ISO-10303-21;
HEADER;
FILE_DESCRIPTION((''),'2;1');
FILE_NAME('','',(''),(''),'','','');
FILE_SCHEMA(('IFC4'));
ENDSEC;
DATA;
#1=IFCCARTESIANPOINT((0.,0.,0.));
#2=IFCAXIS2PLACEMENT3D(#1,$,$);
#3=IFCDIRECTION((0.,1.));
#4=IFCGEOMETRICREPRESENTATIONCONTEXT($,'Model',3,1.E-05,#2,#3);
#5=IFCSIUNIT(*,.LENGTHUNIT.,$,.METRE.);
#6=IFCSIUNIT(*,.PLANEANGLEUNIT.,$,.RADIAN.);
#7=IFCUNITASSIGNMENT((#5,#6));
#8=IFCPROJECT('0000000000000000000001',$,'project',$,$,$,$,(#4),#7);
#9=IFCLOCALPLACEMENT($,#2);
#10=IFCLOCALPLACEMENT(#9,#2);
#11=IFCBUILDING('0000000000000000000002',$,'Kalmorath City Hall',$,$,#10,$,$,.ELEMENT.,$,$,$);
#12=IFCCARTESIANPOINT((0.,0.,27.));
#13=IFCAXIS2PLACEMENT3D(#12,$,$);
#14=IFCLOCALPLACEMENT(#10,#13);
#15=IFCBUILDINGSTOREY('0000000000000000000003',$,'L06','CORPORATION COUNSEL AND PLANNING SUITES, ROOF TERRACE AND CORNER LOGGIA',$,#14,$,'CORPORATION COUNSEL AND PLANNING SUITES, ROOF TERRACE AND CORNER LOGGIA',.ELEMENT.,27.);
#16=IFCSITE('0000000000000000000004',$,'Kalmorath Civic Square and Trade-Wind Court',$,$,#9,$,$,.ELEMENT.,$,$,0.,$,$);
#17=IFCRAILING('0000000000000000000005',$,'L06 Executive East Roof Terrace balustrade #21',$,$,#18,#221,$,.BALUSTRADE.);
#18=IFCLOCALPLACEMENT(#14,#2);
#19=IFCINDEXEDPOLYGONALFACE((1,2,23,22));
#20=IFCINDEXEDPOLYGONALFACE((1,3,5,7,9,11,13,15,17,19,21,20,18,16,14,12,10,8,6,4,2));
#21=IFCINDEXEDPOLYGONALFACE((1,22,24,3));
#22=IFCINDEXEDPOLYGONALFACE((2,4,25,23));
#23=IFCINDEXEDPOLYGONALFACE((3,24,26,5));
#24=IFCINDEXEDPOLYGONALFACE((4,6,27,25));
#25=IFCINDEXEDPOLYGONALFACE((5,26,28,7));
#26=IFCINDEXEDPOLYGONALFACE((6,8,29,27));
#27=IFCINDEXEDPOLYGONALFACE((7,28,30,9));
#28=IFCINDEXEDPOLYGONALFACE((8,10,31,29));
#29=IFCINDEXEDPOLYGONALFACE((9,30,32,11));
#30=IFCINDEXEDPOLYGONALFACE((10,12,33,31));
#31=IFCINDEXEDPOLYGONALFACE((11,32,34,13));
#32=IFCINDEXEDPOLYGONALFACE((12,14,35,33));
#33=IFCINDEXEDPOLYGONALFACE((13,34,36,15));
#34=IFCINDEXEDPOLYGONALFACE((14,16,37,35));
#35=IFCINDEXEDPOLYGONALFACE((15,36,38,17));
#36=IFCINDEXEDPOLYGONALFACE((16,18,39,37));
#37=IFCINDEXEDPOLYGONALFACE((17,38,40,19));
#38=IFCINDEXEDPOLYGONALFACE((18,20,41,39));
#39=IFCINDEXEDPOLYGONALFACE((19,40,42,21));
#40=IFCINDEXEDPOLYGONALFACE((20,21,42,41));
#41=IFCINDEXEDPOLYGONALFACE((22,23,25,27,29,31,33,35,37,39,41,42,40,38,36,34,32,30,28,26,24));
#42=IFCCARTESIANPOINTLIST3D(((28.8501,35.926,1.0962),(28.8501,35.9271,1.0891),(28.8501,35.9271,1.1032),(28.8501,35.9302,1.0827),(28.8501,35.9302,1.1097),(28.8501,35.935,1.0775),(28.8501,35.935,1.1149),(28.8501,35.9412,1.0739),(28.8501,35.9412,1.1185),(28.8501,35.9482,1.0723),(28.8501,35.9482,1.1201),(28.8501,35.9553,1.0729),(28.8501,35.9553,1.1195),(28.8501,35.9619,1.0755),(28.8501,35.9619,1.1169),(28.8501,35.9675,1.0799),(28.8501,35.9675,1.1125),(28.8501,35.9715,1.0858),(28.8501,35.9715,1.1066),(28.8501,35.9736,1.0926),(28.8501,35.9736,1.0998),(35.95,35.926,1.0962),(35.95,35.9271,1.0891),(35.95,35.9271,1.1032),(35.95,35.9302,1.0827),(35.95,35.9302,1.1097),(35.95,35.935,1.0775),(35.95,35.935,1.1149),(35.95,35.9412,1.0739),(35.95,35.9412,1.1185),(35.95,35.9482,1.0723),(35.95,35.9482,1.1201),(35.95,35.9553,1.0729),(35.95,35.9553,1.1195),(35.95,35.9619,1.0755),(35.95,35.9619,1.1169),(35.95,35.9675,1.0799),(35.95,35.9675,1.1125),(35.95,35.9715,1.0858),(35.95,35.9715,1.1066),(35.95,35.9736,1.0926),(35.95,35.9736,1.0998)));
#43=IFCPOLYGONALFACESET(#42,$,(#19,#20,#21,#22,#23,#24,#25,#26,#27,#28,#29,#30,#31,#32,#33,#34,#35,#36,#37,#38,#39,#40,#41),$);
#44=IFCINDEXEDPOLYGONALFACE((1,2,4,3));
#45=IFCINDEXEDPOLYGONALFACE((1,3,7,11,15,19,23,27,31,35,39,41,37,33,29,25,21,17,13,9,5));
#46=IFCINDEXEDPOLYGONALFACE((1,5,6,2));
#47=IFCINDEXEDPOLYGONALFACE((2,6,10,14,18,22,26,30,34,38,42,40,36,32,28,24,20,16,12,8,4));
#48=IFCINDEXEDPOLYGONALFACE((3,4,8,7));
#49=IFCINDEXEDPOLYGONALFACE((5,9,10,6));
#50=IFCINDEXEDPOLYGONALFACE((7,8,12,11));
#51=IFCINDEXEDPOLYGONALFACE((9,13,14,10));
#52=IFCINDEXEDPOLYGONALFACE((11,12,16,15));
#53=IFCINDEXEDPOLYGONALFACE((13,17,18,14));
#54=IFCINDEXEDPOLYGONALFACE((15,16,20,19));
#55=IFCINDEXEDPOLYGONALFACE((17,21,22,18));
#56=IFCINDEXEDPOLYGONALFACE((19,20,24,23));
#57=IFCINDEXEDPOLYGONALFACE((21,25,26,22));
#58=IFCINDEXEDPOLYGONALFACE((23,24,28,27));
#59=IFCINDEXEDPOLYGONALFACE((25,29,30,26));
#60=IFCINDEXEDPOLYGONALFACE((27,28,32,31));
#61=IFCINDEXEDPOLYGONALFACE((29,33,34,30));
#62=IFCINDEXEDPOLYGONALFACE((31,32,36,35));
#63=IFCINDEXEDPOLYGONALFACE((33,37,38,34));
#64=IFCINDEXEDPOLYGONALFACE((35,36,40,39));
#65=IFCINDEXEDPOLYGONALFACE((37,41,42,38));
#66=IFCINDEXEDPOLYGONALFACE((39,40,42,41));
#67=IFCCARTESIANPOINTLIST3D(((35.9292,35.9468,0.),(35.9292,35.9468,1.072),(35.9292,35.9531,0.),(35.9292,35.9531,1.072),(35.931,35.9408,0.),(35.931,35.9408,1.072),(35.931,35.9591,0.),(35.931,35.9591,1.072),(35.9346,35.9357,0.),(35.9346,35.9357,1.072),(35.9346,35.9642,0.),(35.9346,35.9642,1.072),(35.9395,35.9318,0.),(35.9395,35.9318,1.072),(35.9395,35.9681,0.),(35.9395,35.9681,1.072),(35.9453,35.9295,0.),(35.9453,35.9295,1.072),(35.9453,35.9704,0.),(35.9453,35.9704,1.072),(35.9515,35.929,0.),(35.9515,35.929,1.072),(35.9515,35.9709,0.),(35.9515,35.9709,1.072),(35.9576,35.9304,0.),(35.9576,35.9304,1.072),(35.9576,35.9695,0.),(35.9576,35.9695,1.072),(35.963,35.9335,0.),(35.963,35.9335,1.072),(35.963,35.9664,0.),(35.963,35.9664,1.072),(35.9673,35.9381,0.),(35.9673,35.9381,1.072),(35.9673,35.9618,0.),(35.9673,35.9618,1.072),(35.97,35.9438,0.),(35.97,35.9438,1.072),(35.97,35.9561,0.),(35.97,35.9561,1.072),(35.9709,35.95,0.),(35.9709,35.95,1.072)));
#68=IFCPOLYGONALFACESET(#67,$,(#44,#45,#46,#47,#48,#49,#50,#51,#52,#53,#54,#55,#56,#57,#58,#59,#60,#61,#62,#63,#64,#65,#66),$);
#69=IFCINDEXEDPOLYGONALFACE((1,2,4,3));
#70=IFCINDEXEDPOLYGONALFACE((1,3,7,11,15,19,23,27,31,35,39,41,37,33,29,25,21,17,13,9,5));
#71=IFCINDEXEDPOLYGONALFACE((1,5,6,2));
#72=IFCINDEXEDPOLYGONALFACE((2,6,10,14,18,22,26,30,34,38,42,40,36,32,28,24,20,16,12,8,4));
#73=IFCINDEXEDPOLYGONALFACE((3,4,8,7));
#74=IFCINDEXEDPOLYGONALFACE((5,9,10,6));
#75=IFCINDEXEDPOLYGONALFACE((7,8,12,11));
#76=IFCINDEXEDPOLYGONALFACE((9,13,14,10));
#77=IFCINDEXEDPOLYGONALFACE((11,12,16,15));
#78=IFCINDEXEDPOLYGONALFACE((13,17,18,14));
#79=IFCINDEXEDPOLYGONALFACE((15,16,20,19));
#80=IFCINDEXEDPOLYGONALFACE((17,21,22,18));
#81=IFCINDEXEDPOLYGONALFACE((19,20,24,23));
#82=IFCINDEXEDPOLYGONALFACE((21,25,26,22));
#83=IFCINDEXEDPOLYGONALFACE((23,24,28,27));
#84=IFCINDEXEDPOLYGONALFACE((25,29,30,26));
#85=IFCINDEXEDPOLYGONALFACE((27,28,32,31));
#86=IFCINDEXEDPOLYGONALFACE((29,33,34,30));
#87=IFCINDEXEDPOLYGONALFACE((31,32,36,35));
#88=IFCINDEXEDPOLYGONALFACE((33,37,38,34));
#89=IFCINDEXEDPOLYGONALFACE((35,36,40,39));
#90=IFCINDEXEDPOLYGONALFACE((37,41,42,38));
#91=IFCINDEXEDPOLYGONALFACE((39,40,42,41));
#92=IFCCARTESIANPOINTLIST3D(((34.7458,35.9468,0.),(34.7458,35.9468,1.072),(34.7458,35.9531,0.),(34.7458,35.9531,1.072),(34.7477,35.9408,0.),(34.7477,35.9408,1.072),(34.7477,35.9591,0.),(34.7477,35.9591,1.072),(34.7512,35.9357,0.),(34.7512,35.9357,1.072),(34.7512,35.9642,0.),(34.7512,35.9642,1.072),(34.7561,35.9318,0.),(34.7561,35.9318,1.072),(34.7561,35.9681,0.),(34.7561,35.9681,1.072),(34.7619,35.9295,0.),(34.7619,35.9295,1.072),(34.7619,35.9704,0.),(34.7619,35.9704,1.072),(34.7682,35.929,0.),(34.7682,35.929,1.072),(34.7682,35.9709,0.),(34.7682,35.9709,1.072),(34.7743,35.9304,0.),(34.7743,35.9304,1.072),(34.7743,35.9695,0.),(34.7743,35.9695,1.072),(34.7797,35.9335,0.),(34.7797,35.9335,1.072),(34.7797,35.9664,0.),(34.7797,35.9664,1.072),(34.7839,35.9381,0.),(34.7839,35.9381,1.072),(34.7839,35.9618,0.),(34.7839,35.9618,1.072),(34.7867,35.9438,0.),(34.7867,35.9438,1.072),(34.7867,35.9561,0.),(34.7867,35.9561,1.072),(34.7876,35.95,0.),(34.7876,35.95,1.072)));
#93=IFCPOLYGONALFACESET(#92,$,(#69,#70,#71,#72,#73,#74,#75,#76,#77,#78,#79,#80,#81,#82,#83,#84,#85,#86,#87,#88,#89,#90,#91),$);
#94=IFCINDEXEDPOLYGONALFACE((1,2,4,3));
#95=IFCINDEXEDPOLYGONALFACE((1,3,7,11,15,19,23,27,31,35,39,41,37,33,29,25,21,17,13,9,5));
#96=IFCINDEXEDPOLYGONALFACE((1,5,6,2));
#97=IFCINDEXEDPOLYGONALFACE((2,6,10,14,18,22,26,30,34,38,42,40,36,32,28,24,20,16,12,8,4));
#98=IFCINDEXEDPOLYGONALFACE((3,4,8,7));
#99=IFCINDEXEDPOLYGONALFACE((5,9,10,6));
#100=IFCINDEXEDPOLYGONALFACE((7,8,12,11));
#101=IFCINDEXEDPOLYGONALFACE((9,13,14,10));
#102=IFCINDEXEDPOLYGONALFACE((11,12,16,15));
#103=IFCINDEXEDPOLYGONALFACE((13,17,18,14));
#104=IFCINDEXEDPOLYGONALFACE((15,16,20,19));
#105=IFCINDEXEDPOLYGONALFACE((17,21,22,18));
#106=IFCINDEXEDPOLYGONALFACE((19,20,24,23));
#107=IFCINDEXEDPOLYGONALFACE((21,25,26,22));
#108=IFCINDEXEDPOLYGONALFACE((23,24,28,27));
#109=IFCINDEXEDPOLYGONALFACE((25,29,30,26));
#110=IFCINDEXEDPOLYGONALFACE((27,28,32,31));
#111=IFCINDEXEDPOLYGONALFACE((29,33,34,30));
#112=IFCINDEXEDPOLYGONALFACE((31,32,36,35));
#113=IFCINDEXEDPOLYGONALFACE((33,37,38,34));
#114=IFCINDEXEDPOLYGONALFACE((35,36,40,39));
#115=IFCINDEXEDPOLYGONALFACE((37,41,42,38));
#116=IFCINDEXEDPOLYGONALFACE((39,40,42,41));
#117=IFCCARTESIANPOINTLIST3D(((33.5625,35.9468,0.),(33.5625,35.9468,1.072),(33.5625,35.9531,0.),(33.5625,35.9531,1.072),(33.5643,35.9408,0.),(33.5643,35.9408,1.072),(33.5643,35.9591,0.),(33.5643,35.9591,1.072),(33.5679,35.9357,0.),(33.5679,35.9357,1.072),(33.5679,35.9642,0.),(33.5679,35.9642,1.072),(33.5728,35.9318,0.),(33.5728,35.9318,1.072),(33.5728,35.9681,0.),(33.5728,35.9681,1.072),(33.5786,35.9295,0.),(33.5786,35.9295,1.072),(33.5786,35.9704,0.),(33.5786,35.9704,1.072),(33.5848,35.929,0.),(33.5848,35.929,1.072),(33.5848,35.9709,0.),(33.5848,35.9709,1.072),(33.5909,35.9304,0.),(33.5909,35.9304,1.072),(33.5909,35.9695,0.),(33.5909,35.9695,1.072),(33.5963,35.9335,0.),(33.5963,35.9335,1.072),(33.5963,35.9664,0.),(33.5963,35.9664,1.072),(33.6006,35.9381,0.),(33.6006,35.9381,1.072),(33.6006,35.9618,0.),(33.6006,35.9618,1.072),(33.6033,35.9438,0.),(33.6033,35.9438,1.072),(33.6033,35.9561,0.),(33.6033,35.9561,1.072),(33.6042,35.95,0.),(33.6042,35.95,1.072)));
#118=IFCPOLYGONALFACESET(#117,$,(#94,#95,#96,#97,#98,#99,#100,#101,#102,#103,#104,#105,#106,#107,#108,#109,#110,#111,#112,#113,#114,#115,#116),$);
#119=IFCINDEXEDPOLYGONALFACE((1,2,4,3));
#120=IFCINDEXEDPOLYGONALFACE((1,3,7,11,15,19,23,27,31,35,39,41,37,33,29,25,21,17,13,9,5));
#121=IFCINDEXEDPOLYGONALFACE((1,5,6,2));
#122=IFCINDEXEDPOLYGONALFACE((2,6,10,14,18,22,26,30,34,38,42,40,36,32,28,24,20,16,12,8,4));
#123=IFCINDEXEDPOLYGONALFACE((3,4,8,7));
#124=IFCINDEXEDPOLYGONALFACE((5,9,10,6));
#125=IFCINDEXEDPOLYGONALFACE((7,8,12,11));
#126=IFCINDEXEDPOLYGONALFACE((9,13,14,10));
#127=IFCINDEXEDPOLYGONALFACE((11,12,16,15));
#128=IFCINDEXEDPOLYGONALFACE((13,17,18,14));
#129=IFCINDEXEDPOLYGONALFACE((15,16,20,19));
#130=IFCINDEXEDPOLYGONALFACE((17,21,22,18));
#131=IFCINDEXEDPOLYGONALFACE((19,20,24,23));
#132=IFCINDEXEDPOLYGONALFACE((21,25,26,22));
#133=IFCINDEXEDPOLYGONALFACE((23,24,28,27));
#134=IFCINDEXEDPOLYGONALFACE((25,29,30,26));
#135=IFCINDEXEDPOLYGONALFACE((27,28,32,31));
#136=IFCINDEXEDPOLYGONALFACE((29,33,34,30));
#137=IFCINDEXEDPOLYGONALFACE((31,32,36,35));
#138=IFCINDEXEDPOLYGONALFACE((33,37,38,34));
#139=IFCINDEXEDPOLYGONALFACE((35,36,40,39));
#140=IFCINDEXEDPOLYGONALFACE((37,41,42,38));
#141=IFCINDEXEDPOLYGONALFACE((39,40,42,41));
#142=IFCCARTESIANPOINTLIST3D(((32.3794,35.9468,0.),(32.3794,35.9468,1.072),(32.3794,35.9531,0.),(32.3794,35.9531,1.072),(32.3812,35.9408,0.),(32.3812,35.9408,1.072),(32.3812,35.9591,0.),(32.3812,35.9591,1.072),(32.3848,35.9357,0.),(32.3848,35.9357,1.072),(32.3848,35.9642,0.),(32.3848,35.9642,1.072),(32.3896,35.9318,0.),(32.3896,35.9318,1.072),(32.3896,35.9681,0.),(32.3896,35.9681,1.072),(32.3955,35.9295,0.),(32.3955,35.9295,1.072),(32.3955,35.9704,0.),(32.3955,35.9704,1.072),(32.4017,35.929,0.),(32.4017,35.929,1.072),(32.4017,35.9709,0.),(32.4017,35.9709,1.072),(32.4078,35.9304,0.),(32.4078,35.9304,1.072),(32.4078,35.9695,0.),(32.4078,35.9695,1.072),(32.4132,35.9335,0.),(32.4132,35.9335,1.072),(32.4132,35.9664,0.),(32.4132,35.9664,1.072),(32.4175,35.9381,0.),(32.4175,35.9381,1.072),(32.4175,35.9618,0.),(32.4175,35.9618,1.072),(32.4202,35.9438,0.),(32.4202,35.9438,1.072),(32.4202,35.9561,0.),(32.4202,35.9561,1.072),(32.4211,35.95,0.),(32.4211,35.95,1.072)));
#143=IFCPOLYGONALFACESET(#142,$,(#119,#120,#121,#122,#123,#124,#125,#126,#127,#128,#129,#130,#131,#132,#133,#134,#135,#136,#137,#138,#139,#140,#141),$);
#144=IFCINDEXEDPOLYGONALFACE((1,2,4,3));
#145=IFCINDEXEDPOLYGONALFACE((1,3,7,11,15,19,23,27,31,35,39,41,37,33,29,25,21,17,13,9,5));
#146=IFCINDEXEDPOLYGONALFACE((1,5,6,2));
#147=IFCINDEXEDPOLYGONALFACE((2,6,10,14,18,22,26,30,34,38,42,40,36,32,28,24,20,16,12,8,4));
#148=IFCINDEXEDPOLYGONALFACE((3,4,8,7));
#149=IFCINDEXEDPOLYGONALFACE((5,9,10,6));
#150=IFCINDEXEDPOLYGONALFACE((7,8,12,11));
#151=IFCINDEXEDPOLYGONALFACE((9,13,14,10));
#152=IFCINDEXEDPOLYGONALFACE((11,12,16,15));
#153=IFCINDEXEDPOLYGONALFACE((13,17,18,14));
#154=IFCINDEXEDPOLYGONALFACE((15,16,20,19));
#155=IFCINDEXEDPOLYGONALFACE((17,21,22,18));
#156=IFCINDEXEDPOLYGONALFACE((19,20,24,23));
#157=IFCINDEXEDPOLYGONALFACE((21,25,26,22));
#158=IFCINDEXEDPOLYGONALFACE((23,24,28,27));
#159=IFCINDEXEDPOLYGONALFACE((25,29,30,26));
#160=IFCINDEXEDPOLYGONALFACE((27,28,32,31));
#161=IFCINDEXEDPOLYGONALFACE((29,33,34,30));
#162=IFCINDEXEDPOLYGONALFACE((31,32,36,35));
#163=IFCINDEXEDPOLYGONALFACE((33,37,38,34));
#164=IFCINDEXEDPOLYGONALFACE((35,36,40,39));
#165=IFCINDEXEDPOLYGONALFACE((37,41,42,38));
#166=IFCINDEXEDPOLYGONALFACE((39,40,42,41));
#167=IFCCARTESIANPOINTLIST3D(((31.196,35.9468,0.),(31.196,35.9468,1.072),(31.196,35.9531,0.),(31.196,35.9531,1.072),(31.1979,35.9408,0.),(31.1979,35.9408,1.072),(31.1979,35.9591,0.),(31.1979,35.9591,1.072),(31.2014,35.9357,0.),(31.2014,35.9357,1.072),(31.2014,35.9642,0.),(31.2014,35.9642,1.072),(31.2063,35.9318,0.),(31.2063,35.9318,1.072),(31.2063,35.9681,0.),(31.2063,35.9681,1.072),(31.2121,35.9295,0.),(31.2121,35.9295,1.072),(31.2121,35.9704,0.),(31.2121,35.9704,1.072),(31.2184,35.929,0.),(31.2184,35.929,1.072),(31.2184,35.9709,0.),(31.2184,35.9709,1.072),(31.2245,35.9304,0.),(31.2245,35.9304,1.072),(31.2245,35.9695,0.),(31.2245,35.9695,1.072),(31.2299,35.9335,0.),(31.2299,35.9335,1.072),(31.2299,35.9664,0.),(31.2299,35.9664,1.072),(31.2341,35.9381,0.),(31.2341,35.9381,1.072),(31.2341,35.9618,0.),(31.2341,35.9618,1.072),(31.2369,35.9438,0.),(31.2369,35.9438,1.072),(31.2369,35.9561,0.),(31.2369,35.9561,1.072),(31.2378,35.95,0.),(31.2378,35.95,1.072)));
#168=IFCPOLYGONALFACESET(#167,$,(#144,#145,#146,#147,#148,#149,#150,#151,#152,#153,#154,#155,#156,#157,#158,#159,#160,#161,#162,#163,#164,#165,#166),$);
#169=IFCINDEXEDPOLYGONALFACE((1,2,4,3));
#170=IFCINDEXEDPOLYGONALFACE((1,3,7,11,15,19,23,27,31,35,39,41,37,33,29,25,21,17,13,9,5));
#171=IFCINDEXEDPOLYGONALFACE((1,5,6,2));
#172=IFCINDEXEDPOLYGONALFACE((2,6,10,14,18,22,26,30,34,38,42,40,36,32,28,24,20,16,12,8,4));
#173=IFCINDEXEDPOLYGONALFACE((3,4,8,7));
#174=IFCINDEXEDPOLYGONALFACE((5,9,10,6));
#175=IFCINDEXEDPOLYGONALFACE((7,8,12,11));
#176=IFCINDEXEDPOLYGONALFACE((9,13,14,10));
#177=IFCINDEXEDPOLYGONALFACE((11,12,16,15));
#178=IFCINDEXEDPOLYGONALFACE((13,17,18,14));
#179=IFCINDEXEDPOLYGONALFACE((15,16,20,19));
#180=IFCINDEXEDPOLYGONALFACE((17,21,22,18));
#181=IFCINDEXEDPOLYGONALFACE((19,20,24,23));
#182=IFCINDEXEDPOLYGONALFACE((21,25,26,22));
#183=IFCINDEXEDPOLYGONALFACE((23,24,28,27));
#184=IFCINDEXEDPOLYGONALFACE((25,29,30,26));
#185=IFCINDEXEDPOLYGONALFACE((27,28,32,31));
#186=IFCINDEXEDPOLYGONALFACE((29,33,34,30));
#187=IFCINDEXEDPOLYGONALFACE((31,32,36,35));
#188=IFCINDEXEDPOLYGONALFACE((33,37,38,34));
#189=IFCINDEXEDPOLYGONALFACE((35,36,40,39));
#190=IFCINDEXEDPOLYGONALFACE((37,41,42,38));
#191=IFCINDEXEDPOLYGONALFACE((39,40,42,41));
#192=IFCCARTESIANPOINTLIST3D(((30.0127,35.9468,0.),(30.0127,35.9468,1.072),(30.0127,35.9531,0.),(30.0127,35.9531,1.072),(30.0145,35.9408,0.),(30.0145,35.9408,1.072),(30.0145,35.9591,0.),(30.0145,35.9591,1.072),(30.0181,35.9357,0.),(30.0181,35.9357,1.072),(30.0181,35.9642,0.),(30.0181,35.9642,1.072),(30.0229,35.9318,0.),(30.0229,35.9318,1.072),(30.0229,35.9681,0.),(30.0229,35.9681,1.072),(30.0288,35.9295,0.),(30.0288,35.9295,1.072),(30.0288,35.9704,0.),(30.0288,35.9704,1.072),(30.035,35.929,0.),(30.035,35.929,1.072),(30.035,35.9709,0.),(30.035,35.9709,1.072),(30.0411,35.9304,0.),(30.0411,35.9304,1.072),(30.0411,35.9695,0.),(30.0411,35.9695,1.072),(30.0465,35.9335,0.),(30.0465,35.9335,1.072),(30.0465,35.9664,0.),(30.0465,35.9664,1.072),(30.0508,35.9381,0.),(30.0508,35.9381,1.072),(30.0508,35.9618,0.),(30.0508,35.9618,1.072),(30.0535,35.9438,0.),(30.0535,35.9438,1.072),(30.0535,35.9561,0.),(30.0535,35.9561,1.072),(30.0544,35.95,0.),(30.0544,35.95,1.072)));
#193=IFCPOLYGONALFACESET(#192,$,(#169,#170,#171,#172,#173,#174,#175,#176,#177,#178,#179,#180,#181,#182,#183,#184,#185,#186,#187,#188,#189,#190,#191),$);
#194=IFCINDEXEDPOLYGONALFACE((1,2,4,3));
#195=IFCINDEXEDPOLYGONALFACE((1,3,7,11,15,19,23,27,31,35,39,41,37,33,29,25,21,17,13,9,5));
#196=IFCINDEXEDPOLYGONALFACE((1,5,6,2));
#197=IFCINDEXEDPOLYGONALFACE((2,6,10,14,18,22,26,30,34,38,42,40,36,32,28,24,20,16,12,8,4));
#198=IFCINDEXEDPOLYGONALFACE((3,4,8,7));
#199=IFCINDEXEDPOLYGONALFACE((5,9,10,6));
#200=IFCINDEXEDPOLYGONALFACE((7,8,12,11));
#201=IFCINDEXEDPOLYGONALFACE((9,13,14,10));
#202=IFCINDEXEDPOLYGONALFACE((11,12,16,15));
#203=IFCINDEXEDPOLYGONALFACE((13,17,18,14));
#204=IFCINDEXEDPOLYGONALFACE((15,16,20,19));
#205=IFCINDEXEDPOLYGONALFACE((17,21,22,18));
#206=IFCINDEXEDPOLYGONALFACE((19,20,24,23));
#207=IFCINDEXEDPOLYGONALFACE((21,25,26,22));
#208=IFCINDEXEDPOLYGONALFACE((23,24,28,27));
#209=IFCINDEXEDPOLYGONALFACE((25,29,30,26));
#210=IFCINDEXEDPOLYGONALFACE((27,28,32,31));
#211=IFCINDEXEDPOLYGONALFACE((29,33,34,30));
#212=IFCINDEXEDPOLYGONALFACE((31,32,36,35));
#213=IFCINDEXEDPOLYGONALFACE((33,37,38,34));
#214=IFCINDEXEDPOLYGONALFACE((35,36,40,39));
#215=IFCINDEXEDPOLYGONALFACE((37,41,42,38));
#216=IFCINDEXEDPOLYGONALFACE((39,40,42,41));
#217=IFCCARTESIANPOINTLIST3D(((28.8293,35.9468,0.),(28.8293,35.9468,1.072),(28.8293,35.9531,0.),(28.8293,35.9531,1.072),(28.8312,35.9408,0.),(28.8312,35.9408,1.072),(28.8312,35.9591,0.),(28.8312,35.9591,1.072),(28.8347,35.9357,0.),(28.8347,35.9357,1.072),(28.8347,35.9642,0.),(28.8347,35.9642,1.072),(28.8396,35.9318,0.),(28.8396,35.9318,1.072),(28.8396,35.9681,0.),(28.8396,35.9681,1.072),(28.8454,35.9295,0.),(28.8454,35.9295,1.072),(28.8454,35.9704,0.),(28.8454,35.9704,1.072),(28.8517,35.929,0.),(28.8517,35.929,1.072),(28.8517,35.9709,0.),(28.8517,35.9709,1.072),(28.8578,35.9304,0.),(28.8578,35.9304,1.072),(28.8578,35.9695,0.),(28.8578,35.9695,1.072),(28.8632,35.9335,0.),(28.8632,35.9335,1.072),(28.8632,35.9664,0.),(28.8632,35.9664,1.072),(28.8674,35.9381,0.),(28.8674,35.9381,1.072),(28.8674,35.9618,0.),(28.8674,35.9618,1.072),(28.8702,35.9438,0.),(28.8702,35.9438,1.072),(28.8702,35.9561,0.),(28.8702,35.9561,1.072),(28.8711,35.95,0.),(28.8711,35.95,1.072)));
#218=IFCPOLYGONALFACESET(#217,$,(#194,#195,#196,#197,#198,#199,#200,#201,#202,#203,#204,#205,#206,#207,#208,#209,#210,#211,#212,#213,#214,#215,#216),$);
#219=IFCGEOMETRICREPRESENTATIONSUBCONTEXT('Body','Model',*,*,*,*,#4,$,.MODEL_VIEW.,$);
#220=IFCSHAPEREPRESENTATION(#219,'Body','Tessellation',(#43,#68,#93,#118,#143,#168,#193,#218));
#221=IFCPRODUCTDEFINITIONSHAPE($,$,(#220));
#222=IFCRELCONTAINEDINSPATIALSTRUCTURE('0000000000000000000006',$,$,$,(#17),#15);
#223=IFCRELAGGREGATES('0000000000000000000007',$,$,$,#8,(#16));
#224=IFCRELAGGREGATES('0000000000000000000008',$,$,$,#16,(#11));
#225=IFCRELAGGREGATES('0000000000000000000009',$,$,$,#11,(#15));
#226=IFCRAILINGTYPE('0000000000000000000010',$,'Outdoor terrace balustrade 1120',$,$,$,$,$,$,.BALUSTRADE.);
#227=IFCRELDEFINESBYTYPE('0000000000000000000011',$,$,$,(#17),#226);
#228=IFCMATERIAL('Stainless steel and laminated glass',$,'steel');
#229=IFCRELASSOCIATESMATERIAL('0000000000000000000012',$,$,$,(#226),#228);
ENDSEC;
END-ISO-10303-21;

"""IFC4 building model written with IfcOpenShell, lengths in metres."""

from ifc_helpers import new_model, si_unit, direction, frame, origin, origin_2d, place, context, subcontext, project, spatial, circle, extrude, material, type_object, element, save


model = new_model("IFC4")

# Units and contexts
model_context = context("Model", 3, precision=1e-05, world=origin(), true_north=direction((0.0, 1.0)))
body_context = subcontext(model_context, "Body", "Model", "MODEL_VIEW")
ifc_project = project(units=[si_unit("LENGTHUNIT", "METRE"), si_unit("PLANEANGLEUNIT", "RADIAN")], contexts=[model_context])

# Site, building, storey
site_placement = place(None, origin())
site = spatial("IfcSite", under=ifc_project, at=site_placement, Name="Kalmorath Civic Square and Trade-Wind Court", CompositionType="ELEMENT", RefElevation=0.0)
building_placement = place(site_placement, origin())
building = spatial("IfcBuilding", under=site, at=building_placement, Name="Kalmorath City Hall", CompositionType="ELEMENT")
storey_placement = place(building_placement, frame((0.0, 0.0, 27.0)))
storey = spatial("IfcBuildingStorey", under=building, at=storey_placement, Name="L06", Description="CORPORATION COUNSEL AND PLANNING SUITES, ROOF TERRACE AND CORNER LOGGIA", LongName="CORPORATION COUNSEL AND PLANNING SUITES, ROOF TERRACE AND CORNER LOGGIA", CompositionType="ELEMENT", Elevation=27.0)

# Railing
ifc_material_1 = material(Name="Stainless steel and laminated glass", Category="steel")
railing_type = type_object("IfcRailingType", Name="Outdoor terrace balustrade 1120", PredefinedType="BALUSTRADE", material=ifc_material_1)
railing_1_placement = place(storey_placement, frame((35.95, 35.95, 0.0)))
element("IfcRailing", 1, at=railing_1_placement, inside=storey, type_object=railing_type, Name="L06 Executive East Roof Terrace balustrade #21", PredefinedType="BALUSTRADE", context=body_context, shape_type="SweptSolid", body=[
    extrude(circle(Radius=0.0239, at=origin_2d()), frame((0.0, 0.0, 1.0962), z_axis=(-1.0, 0.0, 0.0), x_axis=(0.0, -1.0, 0.0)), (0.0, 0.0, 1.0), 7.0999),
    extrude(circle(Radius=0.021, at=origin_2d()), origin(), (0.0, 0.0, 1.0), 1.072),
    extrude(circle(Radius=0.021, at=origin_2d()), frame((-1.1833, 0.0, 0.0)), (0.0, 0.0, 1.0), 1.072),
    extrude(circle(Radius=0.021, at=origin_2d()), frame((-2.3667, 0.0, 0.0)), (0.0, 0.0, 1.0), 1.072),
    extrude(circle(Radius=0.021, at=origin_2d()), frame((-3.5498, 0.0, 0.0)), (0.0, 0.0, 1.0), 1.072),
    extrude(circle(Radius=0.021, at=origin_2d()), frame((-4.7332, 0.0, 0.0)), (0.0, 0.0, 1.0), 1.072),
    extrude(circle(Radius=0.021, at=origin_2d()), frame((-5.9165, 0.0, 0.0)), (0.0, 0.0, 1.0), 1.072),
    extrude(circle(Radius=0.021, at=origin_2d()), frame((-7.0999, 0.0, 0.0)), (0.0, 0.0, 1.0), 1.072),
])

save(model, "model.ifc")
